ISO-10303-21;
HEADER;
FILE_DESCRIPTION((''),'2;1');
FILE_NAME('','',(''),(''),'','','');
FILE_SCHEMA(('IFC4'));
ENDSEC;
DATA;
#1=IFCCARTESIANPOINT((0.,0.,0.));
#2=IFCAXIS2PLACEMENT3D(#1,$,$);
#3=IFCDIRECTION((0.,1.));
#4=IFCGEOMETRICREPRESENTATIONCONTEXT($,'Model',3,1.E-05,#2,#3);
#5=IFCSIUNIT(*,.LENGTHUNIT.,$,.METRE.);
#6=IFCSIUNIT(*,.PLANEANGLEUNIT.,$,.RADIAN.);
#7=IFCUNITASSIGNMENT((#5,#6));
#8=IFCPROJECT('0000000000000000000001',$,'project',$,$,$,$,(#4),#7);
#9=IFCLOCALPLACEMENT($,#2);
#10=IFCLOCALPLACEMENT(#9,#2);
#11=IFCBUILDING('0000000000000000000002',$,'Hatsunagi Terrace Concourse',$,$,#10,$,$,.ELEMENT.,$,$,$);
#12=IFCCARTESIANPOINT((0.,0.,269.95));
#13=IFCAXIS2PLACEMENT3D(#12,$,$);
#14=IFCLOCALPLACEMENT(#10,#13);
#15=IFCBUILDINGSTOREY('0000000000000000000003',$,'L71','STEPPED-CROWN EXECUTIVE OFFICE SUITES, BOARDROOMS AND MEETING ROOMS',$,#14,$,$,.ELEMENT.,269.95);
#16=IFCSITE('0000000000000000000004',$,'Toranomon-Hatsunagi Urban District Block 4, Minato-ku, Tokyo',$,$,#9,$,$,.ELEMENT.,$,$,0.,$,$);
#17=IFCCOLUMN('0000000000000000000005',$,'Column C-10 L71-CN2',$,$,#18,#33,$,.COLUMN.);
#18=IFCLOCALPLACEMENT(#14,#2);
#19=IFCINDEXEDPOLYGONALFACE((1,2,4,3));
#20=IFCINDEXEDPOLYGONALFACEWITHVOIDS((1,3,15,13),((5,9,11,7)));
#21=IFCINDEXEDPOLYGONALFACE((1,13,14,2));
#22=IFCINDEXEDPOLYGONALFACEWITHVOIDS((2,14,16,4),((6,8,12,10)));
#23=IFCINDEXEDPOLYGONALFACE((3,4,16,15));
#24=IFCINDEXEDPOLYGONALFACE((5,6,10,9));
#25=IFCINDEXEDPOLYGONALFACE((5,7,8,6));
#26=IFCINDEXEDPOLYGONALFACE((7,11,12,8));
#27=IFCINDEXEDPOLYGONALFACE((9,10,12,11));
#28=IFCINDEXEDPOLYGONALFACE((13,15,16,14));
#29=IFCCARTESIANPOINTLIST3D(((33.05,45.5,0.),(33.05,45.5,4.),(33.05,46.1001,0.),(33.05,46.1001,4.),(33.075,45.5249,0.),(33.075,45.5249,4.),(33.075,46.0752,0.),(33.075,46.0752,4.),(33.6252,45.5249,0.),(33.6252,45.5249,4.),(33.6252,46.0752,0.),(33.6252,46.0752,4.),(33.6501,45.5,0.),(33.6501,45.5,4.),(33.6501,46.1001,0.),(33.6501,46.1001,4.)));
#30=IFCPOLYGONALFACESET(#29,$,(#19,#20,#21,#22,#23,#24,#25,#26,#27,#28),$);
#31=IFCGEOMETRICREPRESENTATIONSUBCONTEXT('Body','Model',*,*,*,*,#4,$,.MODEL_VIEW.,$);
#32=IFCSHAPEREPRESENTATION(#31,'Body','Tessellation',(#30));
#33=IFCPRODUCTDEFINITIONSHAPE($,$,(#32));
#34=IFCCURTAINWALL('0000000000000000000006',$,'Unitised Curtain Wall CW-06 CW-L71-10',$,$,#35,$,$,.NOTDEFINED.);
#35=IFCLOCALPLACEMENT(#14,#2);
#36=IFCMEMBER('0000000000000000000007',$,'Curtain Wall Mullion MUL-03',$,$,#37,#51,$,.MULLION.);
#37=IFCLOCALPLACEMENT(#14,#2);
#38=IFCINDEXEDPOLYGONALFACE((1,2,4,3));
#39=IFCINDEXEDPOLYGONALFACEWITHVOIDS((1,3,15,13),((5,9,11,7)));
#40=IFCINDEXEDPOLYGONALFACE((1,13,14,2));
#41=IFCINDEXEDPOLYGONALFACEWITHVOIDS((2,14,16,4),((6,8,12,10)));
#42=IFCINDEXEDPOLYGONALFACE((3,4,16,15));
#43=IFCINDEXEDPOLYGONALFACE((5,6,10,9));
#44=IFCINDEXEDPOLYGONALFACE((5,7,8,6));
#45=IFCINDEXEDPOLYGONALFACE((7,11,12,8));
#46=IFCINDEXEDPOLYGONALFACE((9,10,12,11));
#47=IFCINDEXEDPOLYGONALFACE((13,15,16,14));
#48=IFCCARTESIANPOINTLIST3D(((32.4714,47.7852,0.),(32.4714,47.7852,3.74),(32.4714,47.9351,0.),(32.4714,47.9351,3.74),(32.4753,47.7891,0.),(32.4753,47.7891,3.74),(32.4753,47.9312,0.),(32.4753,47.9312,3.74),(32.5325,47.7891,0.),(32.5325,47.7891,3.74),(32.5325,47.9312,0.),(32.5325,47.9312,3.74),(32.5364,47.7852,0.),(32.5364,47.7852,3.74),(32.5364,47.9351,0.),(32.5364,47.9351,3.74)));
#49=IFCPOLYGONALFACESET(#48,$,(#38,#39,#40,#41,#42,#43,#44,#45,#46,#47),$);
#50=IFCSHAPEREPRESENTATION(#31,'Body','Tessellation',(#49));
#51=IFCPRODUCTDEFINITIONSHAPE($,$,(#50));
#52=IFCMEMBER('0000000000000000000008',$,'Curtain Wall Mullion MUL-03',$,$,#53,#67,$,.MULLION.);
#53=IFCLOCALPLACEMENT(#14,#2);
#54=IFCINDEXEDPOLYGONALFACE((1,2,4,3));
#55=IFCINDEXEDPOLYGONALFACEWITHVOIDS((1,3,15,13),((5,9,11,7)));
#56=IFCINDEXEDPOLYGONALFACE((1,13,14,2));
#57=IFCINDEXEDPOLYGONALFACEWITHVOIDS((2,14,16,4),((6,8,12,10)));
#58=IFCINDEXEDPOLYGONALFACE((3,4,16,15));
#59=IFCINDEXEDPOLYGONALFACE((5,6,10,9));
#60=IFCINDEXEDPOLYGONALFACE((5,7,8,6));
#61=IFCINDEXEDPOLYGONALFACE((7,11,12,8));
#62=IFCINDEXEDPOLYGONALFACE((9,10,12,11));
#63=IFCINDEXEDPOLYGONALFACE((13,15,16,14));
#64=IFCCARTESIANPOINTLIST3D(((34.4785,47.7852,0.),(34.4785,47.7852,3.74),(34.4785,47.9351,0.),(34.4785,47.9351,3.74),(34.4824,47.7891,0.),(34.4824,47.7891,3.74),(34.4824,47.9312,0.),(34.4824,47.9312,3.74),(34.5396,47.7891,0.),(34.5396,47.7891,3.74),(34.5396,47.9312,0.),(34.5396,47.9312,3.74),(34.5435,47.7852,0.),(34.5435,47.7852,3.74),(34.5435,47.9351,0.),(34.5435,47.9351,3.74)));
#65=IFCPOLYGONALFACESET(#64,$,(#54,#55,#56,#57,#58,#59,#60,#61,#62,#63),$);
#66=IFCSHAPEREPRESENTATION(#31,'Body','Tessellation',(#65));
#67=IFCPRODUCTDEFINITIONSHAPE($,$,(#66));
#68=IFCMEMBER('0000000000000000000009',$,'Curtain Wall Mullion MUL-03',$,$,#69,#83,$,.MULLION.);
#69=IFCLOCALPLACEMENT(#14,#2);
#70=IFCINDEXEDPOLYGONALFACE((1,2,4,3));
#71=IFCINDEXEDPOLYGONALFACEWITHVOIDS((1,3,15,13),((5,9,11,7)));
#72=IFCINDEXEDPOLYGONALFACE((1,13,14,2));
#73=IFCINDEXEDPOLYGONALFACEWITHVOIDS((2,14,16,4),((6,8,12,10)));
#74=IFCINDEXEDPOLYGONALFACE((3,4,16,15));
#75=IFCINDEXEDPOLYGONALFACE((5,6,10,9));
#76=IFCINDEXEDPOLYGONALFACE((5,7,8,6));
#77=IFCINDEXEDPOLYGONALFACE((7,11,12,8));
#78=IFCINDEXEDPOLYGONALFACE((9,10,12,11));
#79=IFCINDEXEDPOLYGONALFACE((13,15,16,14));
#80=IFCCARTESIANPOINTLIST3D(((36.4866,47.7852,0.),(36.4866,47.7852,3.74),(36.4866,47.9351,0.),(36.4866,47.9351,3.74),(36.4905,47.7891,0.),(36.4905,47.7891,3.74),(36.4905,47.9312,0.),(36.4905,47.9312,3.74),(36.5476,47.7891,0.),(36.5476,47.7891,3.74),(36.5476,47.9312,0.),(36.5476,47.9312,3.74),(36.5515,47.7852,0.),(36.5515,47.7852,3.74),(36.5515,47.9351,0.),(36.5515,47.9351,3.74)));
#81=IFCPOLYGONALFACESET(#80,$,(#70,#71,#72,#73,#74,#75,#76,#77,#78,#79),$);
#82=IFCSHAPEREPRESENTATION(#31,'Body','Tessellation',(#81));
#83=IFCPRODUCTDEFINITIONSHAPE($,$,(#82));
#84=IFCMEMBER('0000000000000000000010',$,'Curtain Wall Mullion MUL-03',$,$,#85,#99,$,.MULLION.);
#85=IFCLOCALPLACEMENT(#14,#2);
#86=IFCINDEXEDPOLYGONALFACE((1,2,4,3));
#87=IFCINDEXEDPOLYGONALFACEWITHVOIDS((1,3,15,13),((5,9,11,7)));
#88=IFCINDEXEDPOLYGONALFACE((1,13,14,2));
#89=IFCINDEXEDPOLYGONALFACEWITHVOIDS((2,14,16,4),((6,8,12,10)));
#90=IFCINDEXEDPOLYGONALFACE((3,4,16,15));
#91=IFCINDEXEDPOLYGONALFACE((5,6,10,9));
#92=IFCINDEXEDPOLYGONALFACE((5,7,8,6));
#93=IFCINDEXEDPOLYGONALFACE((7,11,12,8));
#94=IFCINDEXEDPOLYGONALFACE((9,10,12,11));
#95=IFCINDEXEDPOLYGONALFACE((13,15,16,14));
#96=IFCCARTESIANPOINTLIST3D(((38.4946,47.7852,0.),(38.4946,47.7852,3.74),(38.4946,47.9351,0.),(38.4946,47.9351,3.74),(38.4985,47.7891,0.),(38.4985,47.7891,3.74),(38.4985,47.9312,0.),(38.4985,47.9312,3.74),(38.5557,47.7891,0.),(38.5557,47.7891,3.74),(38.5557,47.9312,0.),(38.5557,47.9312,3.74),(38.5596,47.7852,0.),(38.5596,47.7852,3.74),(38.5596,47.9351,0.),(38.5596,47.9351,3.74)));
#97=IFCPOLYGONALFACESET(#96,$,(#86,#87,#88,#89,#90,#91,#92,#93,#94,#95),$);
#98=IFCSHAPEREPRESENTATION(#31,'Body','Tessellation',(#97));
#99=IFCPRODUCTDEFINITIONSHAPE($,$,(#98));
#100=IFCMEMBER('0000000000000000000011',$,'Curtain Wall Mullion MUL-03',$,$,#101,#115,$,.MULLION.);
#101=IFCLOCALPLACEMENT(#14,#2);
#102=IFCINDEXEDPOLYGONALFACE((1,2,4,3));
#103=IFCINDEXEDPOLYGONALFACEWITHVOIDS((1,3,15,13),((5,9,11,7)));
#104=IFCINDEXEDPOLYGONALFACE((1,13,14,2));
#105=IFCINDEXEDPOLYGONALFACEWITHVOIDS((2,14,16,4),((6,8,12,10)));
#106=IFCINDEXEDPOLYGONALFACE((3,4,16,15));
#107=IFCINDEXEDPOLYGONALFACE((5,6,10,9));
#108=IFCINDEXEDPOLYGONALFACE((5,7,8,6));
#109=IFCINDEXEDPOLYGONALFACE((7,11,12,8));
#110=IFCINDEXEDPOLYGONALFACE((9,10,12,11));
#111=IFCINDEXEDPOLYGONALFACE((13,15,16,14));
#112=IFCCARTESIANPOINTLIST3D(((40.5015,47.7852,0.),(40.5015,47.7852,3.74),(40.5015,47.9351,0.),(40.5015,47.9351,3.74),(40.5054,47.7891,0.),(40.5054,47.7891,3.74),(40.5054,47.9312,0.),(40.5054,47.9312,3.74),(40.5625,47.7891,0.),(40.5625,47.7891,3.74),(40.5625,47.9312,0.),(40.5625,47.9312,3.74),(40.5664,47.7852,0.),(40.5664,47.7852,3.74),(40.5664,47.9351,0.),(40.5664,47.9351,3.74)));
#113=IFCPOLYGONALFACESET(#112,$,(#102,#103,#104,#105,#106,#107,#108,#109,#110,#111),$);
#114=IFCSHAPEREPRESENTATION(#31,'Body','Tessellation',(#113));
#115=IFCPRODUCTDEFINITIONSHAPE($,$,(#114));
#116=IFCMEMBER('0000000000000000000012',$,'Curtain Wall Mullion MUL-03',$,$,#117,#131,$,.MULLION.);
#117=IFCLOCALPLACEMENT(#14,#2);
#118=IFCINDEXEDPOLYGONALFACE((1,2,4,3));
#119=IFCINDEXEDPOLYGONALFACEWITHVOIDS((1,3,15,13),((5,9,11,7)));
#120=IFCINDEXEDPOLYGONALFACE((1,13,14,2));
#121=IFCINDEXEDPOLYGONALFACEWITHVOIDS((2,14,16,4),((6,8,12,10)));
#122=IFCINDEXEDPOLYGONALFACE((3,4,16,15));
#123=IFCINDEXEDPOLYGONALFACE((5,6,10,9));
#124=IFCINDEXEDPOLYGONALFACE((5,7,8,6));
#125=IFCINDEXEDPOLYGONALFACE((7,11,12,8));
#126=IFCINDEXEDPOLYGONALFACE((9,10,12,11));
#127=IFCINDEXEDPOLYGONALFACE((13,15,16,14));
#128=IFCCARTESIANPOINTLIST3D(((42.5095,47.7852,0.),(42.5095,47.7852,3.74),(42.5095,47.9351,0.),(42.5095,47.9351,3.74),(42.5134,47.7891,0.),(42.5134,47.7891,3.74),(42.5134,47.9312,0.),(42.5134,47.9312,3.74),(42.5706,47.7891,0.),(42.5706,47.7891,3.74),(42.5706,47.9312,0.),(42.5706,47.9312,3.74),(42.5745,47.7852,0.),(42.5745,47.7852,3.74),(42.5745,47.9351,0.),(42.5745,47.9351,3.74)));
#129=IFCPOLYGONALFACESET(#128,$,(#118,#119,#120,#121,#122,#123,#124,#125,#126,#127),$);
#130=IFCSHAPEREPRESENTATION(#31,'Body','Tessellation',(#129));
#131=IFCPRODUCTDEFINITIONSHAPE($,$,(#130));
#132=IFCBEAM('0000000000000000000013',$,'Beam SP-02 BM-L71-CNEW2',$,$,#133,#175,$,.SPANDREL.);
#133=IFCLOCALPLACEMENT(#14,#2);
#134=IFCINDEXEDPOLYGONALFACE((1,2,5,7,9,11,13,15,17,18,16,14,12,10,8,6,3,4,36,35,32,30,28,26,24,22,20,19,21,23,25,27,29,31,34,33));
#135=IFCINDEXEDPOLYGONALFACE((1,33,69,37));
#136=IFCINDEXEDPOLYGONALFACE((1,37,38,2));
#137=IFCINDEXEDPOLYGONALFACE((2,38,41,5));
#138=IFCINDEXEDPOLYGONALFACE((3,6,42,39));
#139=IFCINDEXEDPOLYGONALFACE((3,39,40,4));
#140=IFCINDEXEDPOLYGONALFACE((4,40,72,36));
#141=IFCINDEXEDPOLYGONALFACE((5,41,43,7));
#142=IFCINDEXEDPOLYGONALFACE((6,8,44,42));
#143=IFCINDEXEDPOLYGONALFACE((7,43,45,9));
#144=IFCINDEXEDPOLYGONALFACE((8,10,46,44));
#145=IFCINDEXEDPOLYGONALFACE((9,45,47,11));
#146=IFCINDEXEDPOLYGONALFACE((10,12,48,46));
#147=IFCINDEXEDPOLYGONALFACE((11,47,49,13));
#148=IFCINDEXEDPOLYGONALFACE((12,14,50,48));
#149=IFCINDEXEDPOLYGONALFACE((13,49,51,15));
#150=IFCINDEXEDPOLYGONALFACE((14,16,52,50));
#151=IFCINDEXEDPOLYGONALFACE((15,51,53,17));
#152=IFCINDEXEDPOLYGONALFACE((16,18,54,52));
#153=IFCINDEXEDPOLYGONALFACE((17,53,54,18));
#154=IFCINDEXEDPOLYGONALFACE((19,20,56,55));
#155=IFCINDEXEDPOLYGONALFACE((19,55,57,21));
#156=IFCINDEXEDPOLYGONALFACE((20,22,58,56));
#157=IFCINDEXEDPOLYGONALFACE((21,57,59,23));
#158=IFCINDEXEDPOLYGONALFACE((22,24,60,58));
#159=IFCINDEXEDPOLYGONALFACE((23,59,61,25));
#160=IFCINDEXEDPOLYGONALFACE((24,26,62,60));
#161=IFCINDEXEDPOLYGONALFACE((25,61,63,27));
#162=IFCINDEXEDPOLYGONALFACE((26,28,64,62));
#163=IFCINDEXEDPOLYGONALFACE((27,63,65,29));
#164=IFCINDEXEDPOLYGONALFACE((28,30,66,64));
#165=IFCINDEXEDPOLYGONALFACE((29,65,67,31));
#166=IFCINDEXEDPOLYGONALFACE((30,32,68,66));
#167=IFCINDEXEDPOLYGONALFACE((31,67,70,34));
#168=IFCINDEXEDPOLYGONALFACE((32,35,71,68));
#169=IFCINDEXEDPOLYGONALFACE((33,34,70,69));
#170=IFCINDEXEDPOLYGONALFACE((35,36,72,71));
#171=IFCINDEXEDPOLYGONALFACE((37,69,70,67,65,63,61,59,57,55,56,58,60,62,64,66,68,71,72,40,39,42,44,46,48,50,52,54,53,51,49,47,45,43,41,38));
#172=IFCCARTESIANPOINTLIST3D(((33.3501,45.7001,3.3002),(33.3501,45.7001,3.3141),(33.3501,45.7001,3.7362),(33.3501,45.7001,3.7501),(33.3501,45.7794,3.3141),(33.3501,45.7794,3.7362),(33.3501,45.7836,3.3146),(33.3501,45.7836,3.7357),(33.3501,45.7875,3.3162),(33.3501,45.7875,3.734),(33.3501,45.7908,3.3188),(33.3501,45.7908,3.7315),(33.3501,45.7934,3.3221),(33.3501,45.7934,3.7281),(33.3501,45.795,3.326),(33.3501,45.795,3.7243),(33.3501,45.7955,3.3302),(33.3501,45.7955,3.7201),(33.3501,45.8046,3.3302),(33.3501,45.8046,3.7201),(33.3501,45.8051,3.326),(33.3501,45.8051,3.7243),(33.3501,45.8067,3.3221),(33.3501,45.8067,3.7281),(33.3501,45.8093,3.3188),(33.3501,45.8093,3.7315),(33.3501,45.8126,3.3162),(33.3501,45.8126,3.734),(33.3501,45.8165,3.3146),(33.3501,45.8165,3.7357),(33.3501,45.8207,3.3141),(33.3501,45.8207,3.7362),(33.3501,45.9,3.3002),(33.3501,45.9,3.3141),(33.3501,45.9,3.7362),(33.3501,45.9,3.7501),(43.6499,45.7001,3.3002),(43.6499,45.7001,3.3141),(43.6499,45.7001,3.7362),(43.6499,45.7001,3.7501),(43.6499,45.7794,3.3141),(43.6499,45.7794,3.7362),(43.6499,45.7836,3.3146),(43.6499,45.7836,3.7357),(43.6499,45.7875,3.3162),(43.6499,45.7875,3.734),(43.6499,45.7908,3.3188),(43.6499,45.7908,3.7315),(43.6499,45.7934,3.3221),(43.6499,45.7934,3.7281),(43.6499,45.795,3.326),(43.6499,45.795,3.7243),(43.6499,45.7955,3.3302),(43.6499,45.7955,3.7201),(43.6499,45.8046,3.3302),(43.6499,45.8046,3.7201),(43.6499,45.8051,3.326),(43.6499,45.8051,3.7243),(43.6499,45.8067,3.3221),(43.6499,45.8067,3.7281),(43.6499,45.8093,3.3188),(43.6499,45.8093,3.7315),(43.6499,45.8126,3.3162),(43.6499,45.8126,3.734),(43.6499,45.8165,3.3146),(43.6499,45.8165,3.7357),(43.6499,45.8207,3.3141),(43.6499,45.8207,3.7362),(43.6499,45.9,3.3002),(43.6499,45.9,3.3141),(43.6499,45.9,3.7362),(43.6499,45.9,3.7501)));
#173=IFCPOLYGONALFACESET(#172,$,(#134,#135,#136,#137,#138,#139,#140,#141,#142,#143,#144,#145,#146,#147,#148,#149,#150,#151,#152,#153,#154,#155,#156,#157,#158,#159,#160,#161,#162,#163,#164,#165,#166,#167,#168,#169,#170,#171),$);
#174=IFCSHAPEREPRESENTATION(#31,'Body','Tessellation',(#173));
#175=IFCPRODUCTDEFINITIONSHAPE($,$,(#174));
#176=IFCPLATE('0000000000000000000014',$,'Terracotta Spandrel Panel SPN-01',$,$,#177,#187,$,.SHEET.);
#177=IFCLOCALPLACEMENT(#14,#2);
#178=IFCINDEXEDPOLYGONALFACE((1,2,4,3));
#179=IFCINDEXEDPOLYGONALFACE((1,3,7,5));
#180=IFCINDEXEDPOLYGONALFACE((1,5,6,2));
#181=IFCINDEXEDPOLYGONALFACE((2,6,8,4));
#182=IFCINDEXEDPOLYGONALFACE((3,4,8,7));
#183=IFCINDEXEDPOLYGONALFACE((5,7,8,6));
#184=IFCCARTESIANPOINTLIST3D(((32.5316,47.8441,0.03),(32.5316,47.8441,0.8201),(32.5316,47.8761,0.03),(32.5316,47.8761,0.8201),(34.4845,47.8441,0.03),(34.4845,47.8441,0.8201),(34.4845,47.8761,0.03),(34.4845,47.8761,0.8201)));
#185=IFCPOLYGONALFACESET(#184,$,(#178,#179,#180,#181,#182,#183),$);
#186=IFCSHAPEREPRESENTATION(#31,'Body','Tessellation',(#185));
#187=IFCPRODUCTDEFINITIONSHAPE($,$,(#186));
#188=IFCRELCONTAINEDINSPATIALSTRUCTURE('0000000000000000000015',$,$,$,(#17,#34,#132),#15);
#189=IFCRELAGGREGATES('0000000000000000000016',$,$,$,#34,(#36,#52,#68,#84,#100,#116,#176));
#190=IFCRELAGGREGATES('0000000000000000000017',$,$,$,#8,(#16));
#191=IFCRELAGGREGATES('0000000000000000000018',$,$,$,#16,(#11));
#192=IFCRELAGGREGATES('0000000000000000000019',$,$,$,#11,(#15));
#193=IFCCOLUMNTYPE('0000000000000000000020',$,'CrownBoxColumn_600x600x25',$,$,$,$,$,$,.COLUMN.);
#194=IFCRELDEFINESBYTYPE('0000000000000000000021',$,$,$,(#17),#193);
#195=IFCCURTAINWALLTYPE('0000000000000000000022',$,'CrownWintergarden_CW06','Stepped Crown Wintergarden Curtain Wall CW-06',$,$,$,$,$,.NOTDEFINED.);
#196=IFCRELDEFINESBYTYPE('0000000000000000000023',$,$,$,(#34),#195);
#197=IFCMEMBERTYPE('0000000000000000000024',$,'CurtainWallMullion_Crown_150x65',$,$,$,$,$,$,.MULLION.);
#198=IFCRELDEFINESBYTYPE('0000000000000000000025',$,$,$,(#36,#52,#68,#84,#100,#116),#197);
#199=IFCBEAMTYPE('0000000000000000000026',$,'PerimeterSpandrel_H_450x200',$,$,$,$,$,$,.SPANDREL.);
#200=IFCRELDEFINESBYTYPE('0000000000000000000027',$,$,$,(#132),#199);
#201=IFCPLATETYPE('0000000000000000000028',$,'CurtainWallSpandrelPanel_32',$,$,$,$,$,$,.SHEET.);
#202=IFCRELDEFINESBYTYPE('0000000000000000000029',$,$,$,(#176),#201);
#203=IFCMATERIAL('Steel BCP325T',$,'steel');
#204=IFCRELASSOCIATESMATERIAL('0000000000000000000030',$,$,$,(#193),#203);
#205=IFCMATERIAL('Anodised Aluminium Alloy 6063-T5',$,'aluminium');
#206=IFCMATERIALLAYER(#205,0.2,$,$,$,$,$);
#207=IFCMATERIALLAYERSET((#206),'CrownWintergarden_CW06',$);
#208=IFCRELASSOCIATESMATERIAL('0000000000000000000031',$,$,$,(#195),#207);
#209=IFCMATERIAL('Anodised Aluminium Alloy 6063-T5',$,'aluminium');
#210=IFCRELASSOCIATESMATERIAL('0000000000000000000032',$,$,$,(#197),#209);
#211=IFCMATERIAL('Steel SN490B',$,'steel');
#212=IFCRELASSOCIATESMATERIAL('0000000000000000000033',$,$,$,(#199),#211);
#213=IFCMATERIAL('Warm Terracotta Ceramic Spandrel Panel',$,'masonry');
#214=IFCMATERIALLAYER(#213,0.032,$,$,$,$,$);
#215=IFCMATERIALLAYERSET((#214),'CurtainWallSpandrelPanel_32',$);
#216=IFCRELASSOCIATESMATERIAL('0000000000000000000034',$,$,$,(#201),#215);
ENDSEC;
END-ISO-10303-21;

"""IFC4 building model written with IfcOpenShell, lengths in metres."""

from ifc_helpers import new_model, si_unit, direction, frame, origin, origin_2d, place, context, subcontext, project, spatial, rectangle, hollow_rectangle, i_section, extrude, material, layer, layer_set, material_profile, profile_set, type_object, element, aggregate, save


model = new_model("IFC4")

# Units and contexts
model_context = context("Model", 3, precision=1e-05, world=origin(), true_north=direction((0.0, 1.0)))
body_context = subcontext(model_context, "Body", "Model", "MODEL_VIEW")
ifc_project = project(units=[si_unit("LENGTHUNIT", "METRE"), si_unit("PLANEANGLEUNIT", "RADIAN")], contexts=[model_context])

# Site, building, storey
site_placement = place(None, origin())
site = spatial("IfcSite", under=ifc_project, at=site_placement, Name="Toranomon-Hatsunagi Urban District Block 4, Minato-ku, Tokyo", CompositionType="ELEMENT", RefElevation=0.0)
building_placement = place(site_placement, origin())
building = spatial("IfcBuilding", under=site, at=building_placement, Name="Hatsunagi Terrace Concourse", CompositionType="ELEMENT")
storey_placement = place(building_placement, frame((0.0, 0.0, 269.95)))
storey = spatial("IfcBuildingStorey", under=building, at=storey_placement, Name="L71", Description="STEPPED-CROWN EXECUTIVE OFFICE SUITES, BOARDROOMS AND MEETING ROOMS", CompositionType="ELEMENT", Elevation=269.95)

# Column
ifc_material_1 = material(Name="Steel BCP325T", Category="steel")
ifc_material_profile_1 = material_profile(ifc_material_1, hollow_rectangle(XDim=0.6001, YDim=0.6001, WallThickness=0.0249, at=origin_2d()), Name="BCP-600x600x25")
ifc_profile_set_1 = profile_set([ifc_material_profile_1], Name="Steel BCP325T")
column_type = type_object("IfcColumnType", Name="CrownBoxColumn_600x600x25", PredefinedType="COLUMN", material=ifc_profile_set_1)
column_placement = place(storey_placement, frame((33.3501, 45.8, 0.0), z_axis=(0.0, 0.0, 1.0), x_axis=(1.0, 0.0, 0.0)))
element("IfcColumn", 1, at=column_placement, inside=storey, type_object=column_type, Name="Column C-10 L71-CN2", PredefinedType="COLUMN", context=body_context, shape_type="SweptSolid", body=[
    extrude(hollow_rectangle(XDim=0.6001, YDim=0.6001, WallThickness=0.0249, at=origin_2d()), origin(), (0.0, 0.0, 1.0), 4.0),
])

# Curtain wall, members
ifc_material_2 = material(Name="Anodised Aluminium Alloy 6063-T5", Category="aluminium")
ifc_layer_1 = layer(ifc_material_2, 0.2)
ifc_layer_set_1 = layer_set([ifc_layer_1], Name="CrownWintergarden_CW06")
curtain_wall_type = type_object("IfcCurtainWallType", Name="CrownWintergarden_CW06", Description="Stepped Crown Wintergarden Curtain Wall CW-06", PredefinedType="NOTDEFINED", material=ifc_layer_set_1)
curtain_wall_placement = place(storey_placement, origin())
curtain_wall = element("IfcCurtainWall", 2, at=curtain_wall_placement, inside=storey, type_object=curtain_wall_type, Name="Unitised Curtain Wall CW-06 CW-L71-10", PredefinedType="NOTDEFINED")
ifc_material_3 = material(Name="Anodised Aluminium Alloy 6063-T5", Category="aluminium")
ifc_material_profile_2 = material_profile(ifc_material_3, hollow_rectangle(XDim=0.0649, YDim=0.1499, WallThickness=0.0039, at=origin_2d()), Name="ALU-MUL-150x65x4")
ifc_profile_set_2 = profile_set([ifc_material_profile_2], Name="Anodised Aluminium Alloy 6063-T5")
member_type = type_object("IfcMemberType", Name="CurtainWallMullion_Crown_150x65", PredefinedType="MULLION", material=ifc_profile_set_2)
member_1_placement = place(storey_placement, frame((32.5039, 47.8601, 0.0), z_axis=(0.0, 0.0, 1.0), x_axis=(1.0, 0.0, 0.0)))
member_1 = element("IfcMember", 3, at=member_1_placement, type_object=member_type, Name="Curtain Wall Mullion MUL-03", PredefinedType="MULLION", context=body_context, shape_type="SweptSolid", body=[
    extrude(hollow_rectangle(XDim=0.0649, YDim=0.1499, WallThickness=0.0039, at=origin_2d()), origin(), (0.0, 0.0, 1.0), 3.74),
])
member_2_placement = place(storey_placement, frame((34.511, 47.8601, 0.0), z_axis=(0.0, 0.0, 1.0), x_axis=(1.0, 0.0, 0.0)))
member_2 = element("IfcMember", 4, at=member_2_placement, type_object=member_type, Name="Curtain Wall Mullion MUL-03", PredefinedType="MULLION", context=body_context, shape_type="SweptSolid", body=[
    extrude(hollow_rectangle(XDim=0.0649, YDim=0.1499, WallThickness=0.0039, at=origin_2d()), origin(), (0.0, 0.0, 1.0), 3.74),
])
member_3_placement = place(storey_placement, frame((36.519, 47.8601, 0.0), z_axis=(0.0, 0.0, 1.0), x_axis=(1.0, 0.0, 0.0)))
member_3 = element("IfcMember", 5, at=member_3_placement, type_object=member_type, Name="Curtain Wall Mullion MUL-03", PredefinedType="MULLION", context=body_context, shape_type="SweptSolid", body=[
    extrude(hollow_rectangle(XDim=0.0649, YDim=0.1499, WallThickness=0.0039, at=origin_2d()), origin(), (0.0, 0.0, 1.0), 3.74),
])
member_4_placement = place(storey_placement, frame((38.5271, 47.8601, 0.0), z_axis=(0.0, 0.0, 1.0), x_axis=(1.0, 0.0, 0.0)))
member_4 = element("IfcMember", 6, at=member_4_placement, type_object=member_type, Name="Curtain Wall Mullion MUL-03", PredefinedType="MULLION", context=body_context, shape_type="SweptSolid", body=[
    extrude(hollow_rectangle(XDim=0.0649, YDim=0.1499, WallThickness=0.0039, at=origin_2d()), origin(), (0.0, 0.0, 1.0), 3.74),
])
member_5_placement = place(storey_placement, frame((40.5339, 47.8601, 0.0), z_axis=(0.0, 0.0, 1.0), x_axis=(1.0, 0.0, 0.0)))
member_5 = element("IfcMember", 7, at=member_5_placement, type_object=member_type, Name="Curtain Wall Mullion MUL-03", PredefinedType="MULLION", context=body_context, shape_type="SweptSolid", body=[
    extrude(hollow_rectangle(XDim=0.0649, YDim=0.1499, WallThickness=0.0039, at=origin_2d()), origin(), (0.0, 0.0, 1.0), 3.74),
])
member_6_placement = place(storey_placement, frame((42.542, 47.8601, 0.0), z_axis=(0.0, 0.0, 1.0), x_axis=(1.0, 0.0, 0.0)))
member_6 = element("IfcMember", 8, at=member_6_placement, type_object=member_type, Name="Curtain Wall Mullion MUL-03", PredefinedType="MULLION", context=body_context, shape_type="SweptSolid", body=[
    extrude(hollow_rectangle(XDim=0.0649, YDim=0.1499, WallThickness=0.0039, at=origin_2d()), origin(), (0.0, 0.0, 1.0), 3.74),
])

# Beam
ifc_material_4 = material(Name="Steel SN490B", Category="steel")
ifc_material_profile_3 = material_profile(ifc_material_4, i_section(OverallWidth=0.2, OverallDepth=0.45, WebThickness=0.009, FlangeThickness=0.0139, FilletRadius=0.0161, at=origin_2d()), Name="H-450x200x9x14")
ifc_profile_set_3 = profile_set([ifc_material_profile_3], Name="Steel SN490B")
beam_type = type_object("IfcBeamType", Name="PerimeterSpandrel_H_450x200", PredefinedType="SPANDREL", material=ifc_profile_set_3)
beam_placement = place(storey_placement, frame((33.3501, 45.8, 3.5251), z_axis=(1.0, 0.0, 0.0), x_axis=(0.0, 1.0, 0.0)))
element("IfcBeam", 9, at=beam_placement, inside=storey, type_object=beam_type, Name="Beam SP-02 BM-L71-CNEW2", PredefinedType="SPANDREL", context=body_context, shape_type="SweptSolid", body=[
    extrude(i_section(OverallWidth=0.2, OverallDepth=0.45, WebThickness=0.009, FlangeThickness=0.0139, FilletRadius=0.0161, at=origin_2d()), origin(), (0.0, 0.0, 1.0), 10.2998),
])

# Plate
ifc_material_5 = material(Name="Warm Terracotta Ceramic Spandrel Panel", Category="masonry")
ifc_layer_2 = layer(ifc_material_5, 0.032)
ifc_layer_set_2 = layer_set([ifc_layer_2], Name="CurtainWallSpandrelPanel_32")
plate_type_1 = type_object("IfcPlateType", Name="CurtainWallSpandrelPanel_32", PredefinedType="SHEET", material=ifc_layer_set_2)
plate_1_placement = place(storey_placement, frame((33.5081, 47.8601, 0.03), z_axis=(0.0, 0.0, 1.0), x_axis=(1.0, 0.0, 0.0)))
plate_1 = element("IfcPlate", 10, at=plate_1_placement, type_object=plate_type_1, Name="Terracotta Spandrel Panel SPN-01", PredefinedType="SHEET", context=body_context, shape_type="SweptSolid", body=[
    extrude(rectangle(XDim=1.9529, YDim=0.032, at=origin_2d()), origin(), (0.0, 0.0, 1.0), 0.79),
])
aggregate(curtain_wall, [member_1, member_2, member_3, member_4, member_5, member_6, plate_1])

save(model, "model.ifc")
